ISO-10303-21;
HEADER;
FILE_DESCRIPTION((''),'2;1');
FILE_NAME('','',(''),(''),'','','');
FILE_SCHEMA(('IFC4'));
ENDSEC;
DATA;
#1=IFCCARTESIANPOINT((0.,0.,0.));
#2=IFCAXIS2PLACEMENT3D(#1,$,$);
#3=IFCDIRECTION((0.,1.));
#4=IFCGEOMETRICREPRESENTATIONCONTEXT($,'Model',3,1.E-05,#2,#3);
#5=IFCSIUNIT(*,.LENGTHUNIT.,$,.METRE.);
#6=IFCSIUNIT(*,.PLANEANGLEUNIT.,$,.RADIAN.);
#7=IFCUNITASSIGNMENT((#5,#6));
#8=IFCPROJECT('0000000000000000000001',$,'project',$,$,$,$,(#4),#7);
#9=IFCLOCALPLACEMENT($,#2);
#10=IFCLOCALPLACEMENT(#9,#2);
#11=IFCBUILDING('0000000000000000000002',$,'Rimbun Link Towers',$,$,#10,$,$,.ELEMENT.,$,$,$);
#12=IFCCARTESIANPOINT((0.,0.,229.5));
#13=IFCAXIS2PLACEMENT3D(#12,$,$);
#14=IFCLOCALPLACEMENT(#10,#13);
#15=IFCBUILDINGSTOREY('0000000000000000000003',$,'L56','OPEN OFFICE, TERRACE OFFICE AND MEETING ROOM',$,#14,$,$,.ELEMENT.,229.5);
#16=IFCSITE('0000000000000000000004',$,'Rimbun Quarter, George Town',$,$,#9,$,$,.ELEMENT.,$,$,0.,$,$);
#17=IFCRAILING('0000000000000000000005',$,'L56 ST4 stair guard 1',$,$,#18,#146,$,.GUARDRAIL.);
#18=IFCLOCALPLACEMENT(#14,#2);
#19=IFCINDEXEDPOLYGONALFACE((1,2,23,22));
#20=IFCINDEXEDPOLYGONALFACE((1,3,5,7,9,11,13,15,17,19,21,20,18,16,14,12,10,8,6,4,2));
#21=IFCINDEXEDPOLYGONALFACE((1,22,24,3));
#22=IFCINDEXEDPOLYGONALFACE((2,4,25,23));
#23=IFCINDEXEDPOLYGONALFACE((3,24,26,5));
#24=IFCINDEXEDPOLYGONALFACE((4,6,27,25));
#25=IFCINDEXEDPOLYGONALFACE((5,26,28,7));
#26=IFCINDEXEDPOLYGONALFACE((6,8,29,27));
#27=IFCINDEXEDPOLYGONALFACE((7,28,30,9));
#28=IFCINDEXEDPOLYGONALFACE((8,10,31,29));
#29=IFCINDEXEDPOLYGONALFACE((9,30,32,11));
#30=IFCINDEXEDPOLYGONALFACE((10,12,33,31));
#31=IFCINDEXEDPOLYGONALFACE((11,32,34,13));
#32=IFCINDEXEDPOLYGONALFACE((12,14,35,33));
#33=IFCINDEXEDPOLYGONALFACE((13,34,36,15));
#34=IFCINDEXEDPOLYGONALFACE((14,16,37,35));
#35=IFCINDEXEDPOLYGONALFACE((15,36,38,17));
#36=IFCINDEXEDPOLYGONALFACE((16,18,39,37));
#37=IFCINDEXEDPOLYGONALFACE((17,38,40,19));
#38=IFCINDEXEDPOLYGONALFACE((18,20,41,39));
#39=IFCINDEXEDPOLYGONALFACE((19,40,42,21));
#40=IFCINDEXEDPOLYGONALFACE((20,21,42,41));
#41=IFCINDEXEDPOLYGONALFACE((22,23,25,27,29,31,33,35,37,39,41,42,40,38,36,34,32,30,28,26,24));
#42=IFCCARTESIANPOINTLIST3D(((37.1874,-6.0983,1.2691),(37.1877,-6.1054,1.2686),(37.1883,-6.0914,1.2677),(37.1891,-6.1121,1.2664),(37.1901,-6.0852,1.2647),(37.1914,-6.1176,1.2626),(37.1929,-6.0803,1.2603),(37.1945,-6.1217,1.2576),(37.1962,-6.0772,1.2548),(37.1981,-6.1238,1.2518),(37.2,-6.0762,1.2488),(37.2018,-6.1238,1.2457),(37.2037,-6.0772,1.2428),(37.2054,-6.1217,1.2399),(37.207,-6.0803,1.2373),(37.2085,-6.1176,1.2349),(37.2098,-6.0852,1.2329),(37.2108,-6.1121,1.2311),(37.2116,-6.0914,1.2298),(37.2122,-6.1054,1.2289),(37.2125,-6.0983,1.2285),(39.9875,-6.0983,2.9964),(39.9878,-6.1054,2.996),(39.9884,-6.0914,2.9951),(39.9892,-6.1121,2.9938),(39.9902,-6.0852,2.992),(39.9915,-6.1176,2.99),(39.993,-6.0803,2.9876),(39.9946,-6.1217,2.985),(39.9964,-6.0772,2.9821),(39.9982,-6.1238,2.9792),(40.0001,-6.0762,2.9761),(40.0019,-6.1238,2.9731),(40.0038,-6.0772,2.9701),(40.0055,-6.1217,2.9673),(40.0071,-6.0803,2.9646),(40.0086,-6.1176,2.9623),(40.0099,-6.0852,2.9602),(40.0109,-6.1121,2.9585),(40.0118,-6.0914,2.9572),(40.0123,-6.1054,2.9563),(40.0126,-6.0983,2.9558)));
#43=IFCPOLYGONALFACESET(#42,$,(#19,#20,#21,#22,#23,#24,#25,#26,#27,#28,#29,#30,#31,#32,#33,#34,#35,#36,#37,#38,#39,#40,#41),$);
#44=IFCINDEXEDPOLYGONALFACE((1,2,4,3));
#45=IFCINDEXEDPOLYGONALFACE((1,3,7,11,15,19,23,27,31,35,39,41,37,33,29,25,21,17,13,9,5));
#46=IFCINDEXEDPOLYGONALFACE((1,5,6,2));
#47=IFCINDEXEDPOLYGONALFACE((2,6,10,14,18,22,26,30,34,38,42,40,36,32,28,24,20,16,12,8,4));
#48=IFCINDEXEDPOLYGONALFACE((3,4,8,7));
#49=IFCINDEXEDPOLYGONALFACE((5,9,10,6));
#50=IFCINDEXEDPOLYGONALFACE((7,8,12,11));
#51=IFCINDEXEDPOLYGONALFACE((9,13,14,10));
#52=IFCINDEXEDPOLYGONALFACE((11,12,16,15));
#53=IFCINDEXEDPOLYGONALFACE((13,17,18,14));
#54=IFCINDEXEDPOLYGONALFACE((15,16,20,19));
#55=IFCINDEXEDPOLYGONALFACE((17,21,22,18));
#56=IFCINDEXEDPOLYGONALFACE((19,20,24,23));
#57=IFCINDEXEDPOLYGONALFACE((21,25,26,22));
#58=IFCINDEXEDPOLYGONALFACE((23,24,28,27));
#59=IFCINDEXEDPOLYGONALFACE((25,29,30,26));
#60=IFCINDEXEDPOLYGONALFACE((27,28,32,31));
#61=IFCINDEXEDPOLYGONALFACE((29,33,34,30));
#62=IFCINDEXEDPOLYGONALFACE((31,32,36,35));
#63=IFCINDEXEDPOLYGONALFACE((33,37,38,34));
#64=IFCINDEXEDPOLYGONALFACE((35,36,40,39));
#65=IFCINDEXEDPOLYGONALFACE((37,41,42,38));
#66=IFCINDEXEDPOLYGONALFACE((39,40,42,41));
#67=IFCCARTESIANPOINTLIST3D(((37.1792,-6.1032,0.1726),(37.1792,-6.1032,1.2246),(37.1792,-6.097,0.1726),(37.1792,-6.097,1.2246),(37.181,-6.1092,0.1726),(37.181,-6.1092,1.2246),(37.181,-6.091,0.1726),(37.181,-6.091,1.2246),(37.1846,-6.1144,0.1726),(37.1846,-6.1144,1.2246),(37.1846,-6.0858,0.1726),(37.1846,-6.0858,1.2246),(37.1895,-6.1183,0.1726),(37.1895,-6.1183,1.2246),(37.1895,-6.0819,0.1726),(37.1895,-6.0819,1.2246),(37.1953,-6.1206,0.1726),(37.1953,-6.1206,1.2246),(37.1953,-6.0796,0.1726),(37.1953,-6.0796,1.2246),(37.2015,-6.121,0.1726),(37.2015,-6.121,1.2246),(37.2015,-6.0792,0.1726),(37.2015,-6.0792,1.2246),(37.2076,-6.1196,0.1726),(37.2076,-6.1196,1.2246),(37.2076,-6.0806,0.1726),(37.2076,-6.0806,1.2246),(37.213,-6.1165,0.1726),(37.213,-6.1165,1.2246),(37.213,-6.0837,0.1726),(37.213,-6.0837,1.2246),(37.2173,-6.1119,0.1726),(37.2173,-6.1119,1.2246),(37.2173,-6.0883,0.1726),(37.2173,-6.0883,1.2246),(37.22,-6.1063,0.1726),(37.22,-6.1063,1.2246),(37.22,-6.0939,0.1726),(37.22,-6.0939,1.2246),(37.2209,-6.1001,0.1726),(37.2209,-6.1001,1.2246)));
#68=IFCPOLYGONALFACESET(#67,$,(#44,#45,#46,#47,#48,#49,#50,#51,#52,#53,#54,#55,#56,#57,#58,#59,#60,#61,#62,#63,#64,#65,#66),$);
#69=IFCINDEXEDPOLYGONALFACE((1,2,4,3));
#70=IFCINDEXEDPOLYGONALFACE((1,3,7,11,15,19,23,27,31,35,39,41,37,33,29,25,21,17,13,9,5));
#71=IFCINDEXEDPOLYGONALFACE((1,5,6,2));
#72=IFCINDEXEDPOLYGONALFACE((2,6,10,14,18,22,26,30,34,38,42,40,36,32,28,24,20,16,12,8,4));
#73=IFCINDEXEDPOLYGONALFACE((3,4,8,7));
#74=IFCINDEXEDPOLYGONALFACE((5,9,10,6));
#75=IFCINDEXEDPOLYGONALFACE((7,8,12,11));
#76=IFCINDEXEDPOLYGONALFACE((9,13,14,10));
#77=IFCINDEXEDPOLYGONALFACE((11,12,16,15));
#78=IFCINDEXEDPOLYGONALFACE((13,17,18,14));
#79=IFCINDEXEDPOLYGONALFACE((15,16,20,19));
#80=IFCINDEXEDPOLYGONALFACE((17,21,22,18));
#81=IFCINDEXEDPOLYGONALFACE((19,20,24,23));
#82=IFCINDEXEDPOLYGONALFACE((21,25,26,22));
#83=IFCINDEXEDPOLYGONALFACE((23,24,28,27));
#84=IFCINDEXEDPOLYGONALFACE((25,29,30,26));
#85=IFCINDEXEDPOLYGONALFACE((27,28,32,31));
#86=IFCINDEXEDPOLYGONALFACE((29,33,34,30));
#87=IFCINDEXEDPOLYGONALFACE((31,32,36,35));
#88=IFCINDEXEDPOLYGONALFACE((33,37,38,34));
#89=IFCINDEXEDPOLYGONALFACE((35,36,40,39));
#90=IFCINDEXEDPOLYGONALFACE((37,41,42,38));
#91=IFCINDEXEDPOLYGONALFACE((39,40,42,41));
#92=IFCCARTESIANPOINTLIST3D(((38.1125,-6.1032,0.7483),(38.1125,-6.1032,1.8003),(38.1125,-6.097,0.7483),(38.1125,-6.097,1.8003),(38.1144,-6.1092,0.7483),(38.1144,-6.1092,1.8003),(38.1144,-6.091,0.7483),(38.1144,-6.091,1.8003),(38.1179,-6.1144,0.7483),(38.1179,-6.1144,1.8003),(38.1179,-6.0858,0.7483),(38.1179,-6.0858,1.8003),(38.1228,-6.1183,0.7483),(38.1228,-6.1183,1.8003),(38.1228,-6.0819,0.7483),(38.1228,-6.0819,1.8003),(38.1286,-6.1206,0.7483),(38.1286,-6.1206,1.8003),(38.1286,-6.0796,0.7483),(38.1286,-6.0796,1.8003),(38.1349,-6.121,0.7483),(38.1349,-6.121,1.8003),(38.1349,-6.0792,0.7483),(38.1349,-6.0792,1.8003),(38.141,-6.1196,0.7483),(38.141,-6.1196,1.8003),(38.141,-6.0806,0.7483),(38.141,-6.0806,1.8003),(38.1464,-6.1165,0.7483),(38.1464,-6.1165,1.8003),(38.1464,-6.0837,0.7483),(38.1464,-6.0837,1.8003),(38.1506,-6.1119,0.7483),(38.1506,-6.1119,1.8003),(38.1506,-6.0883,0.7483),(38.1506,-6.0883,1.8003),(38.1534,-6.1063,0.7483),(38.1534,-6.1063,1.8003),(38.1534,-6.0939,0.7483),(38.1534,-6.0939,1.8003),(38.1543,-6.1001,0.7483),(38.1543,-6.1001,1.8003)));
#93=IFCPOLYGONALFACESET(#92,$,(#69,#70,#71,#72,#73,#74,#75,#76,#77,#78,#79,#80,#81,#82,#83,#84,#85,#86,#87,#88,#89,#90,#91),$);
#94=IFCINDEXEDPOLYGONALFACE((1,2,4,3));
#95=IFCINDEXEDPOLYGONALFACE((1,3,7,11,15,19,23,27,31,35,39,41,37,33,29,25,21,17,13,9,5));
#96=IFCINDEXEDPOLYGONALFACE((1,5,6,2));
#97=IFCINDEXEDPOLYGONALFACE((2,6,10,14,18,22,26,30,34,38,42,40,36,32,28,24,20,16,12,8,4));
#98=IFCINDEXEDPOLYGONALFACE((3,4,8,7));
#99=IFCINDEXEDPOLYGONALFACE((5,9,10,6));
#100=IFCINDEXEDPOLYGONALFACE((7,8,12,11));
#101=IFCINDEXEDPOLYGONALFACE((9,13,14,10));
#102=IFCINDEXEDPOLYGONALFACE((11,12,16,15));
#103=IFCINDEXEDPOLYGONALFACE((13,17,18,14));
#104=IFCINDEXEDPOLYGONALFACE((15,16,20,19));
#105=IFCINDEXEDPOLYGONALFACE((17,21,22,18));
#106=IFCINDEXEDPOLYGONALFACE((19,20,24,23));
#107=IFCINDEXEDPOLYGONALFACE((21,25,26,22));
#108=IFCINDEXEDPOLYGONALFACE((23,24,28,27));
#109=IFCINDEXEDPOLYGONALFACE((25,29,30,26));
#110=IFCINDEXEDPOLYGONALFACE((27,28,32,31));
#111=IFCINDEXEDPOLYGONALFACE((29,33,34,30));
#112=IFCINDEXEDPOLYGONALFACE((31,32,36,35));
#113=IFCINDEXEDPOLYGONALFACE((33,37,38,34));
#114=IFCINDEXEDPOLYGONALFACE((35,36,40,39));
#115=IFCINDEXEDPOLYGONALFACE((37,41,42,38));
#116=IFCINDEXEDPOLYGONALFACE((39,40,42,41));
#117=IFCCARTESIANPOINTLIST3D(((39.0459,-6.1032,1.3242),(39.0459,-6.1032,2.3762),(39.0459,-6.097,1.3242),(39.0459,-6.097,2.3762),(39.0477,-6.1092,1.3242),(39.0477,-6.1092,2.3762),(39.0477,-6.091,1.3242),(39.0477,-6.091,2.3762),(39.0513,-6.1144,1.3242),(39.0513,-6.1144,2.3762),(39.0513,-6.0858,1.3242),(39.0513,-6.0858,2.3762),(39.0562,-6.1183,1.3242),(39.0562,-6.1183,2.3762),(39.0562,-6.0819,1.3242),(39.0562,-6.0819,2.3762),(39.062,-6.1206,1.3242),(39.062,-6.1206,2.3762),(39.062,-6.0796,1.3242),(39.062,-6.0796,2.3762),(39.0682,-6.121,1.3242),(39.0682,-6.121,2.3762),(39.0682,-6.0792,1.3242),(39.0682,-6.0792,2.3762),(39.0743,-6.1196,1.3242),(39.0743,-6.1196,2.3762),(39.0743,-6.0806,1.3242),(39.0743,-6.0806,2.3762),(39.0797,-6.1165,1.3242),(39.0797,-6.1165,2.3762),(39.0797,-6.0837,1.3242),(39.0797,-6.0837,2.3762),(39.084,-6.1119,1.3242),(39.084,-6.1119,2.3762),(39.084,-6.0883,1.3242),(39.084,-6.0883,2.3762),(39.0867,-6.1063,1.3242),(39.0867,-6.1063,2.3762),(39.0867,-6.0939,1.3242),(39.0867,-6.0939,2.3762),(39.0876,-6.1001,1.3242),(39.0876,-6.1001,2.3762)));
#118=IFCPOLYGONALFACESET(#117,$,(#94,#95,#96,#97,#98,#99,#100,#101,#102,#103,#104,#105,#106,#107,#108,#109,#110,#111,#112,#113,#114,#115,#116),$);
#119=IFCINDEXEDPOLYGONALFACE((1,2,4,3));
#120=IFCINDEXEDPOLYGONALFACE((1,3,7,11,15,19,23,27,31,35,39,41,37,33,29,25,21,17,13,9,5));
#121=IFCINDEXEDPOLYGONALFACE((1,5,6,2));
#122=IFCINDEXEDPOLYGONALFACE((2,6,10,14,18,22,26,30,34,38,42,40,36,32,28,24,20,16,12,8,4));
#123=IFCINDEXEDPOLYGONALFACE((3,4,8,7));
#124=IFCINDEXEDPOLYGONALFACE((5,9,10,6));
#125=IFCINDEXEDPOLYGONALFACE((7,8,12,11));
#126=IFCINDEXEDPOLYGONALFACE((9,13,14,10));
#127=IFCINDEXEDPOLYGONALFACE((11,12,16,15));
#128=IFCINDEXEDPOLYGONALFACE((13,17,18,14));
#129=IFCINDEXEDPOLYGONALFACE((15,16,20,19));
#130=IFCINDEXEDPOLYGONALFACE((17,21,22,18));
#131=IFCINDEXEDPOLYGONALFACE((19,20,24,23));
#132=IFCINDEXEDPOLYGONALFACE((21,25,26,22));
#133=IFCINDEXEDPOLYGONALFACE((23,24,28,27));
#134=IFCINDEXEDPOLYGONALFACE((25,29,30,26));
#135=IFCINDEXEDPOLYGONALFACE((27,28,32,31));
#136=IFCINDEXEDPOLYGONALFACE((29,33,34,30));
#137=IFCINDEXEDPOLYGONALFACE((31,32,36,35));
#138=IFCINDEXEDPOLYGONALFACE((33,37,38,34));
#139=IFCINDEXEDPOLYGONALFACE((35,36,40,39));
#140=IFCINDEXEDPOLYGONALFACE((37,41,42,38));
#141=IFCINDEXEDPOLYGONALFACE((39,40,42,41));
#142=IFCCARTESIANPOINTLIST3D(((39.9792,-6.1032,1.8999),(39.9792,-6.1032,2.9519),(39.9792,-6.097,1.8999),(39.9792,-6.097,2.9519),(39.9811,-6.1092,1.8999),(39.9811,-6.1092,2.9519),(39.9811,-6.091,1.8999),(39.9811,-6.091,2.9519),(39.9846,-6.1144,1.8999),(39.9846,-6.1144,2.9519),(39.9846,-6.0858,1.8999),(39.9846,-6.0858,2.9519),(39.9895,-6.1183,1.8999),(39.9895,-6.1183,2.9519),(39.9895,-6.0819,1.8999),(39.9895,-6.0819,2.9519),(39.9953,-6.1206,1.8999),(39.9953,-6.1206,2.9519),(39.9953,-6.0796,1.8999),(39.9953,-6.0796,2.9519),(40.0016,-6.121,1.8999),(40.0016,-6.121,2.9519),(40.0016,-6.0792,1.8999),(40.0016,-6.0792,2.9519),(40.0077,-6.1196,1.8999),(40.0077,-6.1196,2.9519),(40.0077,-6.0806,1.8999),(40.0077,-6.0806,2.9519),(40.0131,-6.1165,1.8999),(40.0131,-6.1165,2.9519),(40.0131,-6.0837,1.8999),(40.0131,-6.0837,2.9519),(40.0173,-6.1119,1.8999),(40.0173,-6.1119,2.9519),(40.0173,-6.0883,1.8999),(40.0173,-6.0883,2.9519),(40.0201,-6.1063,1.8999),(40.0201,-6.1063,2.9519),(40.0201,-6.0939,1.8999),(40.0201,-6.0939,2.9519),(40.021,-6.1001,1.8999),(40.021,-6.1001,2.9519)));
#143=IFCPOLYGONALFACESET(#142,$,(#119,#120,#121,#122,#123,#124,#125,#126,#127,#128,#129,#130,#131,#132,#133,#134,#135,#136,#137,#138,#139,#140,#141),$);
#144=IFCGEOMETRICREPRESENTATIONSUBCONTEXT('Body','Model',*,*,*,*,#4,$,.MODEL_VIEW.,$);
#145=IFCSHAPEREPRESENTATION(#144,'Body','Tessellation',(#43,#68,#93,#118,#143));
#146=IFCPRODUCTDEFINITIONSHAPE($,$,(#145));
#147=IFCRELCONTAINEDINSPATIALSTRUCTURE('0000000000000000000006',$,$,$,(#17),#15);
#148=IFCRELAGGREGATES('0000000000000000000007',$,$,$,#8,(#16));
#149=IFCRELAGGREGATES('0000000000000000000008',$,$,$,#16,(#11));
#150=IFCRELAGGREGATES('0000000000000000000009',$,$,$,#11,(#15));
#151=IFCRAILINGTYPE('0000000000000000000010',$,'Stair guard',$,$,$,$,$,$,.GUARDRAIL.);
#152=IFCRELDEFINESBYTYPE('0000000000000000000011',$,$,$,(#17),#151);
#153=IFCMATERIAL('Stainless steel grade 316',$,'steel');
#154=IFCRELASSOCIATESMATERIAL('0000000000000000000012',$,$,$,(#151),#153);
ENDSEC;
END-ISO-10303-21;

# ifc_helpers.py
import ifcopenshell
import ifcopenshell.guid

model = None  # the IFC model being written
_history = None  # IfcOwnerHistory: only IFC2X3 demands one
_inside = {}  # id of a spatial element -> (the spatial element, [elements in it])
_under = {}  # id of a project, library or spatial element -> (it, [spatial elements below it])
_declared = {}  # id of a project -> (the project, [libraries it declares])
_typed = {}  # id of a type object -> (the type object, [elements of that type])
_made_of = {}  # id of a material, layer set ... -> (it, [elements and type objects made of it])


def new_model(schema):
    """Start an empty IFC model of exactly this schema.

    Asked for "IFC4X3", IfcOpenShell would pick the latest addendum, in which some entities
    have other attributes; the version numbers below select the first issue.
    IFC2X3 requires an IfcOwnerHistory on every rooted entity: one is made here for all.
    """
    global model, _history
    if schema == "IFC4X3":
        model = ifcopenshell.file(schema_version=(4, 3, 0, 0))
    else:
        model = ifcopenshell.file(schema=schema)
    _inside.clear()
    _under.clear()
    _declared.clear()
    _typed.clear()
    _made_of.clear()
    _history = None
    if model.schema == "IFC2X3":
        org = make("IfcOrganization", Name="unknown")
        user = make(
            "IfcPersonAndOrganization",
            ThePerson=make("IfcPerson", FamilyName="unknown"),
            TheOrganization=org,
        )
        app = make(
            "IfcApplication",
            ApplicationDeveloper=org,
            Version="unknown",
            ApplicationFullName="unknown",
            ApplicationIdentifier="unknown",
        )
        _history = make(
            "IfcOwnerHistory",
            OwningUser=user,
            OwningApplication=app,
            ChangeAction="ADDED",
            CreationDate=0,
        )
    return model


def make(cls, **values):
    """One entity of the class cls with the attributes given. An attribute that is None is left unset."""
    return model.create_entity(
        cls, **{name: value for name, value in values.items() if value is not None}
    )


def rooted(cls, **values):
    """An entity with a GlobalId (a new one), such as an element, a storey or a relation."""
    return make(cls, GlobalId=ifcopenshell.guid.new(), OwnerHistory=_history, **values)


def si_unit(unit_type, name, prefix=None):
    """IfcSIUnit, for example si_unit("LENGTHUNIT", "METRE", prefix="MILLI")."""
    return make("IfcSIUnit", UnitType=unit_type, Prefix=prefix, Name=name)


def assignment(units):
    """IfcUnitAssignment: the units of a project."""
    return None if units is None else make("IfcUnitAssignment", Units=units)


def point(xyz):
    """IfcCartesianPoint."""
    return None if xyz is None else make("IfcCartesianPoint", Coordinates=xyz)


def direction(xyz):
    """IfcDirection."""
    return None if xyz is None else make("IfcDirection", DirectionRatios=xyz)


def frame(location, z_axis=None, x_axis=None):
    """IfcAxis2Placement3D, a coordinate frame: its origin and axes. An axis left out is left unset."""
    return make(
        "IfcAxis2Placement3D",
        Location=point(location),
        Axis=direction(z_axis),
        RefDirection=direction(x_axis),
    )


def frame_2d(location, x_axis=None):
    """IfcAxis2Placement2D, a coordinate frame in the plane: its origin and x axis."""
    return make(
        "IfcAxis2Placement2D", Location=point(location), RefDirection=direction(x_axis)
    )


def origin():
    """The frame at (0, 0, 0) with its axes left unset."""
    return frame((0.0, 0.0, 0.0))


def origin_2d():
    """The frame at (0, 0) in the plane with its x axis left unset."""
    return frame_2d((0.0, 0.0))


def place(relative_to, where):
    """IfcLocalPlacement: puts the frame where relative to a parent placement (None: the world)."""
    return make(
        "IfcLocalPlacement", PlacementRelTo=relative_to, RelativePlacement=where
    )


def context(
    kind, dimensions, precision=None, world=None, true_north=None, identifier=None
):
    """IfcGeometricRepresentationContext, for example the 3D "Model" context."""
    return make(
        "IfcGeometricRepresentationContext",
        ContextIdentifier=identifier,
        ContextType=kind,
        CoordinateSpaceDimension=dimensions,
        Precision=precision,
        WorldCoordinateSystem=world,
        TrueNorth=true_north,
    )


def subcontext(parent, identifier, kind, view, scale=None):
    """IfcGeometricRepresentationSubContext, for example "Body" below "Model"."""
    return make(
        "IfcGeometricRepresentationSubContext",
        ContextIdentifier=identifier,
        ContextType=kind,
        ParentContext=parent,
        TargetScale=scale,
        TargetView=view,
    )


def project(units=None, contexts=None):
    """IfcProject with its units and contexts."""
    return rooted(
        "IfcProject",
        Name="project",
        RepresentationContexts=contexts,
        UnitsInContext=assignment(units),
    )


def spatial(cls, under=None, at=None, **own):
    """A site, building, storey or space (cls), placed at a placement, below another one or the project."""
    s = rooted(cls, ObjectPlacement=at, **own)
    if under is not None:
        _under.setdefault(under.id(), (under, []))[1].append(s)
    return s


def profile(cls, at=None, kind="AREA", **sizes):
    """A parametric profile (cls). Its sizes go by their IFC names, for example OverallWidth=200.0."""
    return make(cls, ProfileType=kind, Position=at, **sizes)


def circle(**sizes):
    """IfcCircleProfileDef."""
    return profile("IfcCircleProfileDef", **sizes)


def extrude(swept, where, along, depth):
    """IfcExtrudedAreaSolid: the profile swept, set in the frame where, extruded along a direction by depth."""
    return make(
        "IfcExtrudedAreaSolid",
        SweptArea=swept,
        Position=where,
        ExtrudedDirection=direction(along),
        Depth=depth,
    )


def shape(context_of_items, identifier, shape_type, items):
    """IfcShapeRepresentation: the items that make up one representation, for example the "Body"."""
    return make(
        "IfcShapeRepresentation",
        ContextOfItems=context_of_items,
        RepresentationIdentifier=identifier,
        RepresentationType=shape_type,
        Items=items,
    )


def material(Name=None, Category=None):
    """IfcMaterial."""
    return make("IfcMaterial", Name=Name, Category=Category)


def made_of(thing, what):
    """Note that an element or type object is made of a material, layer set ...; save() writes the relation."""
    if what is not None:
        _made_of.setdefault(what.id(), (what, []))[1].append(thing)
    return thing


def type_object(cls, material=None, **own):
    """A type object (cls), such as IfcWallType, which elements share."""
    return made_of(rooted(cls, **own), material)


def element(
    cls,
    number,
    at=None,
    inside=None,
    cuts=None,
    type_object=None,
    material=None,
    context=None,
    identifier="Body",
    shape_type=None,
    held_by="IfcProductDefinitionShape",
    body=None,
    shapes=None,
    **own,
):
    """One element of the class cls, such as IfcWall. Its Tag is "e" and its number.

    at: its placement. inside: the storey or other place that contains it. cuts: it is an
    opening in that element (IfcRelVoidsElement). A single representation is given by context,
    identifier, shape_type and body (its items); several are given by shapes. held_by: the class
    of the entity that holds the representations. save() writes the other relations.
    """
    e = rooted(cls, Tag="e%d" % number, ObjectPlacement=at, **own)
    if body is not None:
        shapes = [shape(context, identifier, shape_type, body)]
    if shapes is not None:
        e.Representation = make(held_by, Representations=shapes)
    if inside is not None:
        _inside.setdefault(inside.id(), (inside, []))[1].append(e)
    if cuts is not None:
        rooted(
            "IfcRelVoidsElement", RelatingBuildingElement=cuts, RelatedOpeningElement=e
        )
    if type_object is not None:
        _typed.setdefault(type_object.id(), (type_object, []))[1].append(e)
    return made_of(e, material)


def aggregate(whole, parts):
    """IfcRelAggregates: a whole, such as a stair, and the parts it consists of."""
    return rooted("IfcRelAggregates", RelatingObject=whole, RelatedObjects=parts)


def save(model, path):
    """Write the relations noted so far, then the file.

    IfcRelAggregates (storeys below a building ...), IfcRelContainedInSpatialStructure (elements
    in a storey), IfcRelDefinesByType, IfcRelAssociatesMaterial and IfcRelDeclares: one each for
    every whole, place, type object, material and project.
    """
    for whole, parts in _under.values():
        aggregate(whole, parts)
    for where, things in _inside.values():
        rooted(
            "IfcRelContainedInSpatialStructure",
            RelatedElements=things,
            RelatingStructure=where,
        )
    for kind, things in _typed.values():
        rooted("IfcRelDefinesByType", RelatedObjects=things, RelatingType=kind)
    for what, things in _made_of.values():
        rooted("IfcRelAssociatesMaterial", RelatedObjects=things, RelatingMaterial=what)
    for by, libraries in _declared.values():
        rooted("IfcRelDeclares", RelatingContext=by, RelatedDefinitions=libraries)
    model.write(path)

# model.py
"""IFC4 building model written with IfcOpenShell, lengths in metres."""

from ifc_helpers import new_model, si_unit, direction, frame, origin, origin_2d, place, context, subcontext, project, spatial, circle, extrude, material, type_object, element, save


model = new_model("IFC4")

# Units and contexts
model_context = context("Model", 3, precision=1e-05, world=origin(), true_north=direction((0.0, 1.0)))
body_context = subcontext(model_context, "Body", "Model", "MODEL_VIEW")
ifc_project = project(units=[si_unit("LENGTHUNIT", "METRE"), si_unit("PLANEANGLEUNIT", "RADIAN")], contexts=[model_context])

# Site, building, storey
site_placement = place(None, origin())
site = spatial("IfcSite", under=ifc_project, at=site_placement, Name="Rimbun Quarter, George Town", CompositionType="ELEMENT", RefElevation=0.0)
building_placement = place(site_placement, origin())
building = spatial("IfcBuilding", under=site, at=building_placement, Name="Rimbun Link Towers", CompositionType="ELEMENT")
storey_placement = place(building_placement, frame((0.0, 0.0, 229.5)))
storey = spatial("IfcBuildingStorey", under=building, at=storey_placement, Name="L56", Description="OPEN OFFICE, TERRACE OFFICE AND MEETING ROOM", CompositionType="ELEMENT", Elevation=229.5)

# Railing
ifc_material_1 = material(Name="Stainless steel grade 316", Category="steel")
railing_type_1 = type_object("IfcRailingType", Name="Stair guard", PredefinedType="GUARDRAIL", material=ifc_material_1)
railing_1_placement = place(storey_placement, frame((37.2, -6.1001, 0.1726)))
element("IfcRailing", 1, at=railing_1_placement, inside=storey, type_object=railing_type_1, Name="L56 ST4 stair guard 1", PredefinedType="GUARDRAIL", context=body_context, shape_type="SweptSolid", body=[
    extrude(circle(Radius=0.0239, at=origin_2d()), frame((0.0, 0.0, 1.0762), z_axis=(0.85109, 0.0, 0.52502), x_axis=(0.0, 1.0, 0.0)), (0.0, 0.0, 1.0), 3.29),
    extrude(circle(Radius=0.021, at=origin_2d()), origin(), (0.0, 0.0, 1.0), 1.052),
    extrude(circle(Radius=0.021, at=origin_2d()), frame((0.9333, 0.0, 0.5757)), (0.0, 0.0, 1.0), 1.052),
    extrude(circle(Radius=0.021, at=origin_2d()), frame((1.8667, 0.0, 1.1516)), (0.0, 0.0, 1.0), 1.052),
    extrude(circle(Radius=0.021, at=origin_2d()), frame((2.8, 0.0, 1.7273)), (0.0, 0.0, 1.0), 1.052),
])

save(model, "model.ifc")
